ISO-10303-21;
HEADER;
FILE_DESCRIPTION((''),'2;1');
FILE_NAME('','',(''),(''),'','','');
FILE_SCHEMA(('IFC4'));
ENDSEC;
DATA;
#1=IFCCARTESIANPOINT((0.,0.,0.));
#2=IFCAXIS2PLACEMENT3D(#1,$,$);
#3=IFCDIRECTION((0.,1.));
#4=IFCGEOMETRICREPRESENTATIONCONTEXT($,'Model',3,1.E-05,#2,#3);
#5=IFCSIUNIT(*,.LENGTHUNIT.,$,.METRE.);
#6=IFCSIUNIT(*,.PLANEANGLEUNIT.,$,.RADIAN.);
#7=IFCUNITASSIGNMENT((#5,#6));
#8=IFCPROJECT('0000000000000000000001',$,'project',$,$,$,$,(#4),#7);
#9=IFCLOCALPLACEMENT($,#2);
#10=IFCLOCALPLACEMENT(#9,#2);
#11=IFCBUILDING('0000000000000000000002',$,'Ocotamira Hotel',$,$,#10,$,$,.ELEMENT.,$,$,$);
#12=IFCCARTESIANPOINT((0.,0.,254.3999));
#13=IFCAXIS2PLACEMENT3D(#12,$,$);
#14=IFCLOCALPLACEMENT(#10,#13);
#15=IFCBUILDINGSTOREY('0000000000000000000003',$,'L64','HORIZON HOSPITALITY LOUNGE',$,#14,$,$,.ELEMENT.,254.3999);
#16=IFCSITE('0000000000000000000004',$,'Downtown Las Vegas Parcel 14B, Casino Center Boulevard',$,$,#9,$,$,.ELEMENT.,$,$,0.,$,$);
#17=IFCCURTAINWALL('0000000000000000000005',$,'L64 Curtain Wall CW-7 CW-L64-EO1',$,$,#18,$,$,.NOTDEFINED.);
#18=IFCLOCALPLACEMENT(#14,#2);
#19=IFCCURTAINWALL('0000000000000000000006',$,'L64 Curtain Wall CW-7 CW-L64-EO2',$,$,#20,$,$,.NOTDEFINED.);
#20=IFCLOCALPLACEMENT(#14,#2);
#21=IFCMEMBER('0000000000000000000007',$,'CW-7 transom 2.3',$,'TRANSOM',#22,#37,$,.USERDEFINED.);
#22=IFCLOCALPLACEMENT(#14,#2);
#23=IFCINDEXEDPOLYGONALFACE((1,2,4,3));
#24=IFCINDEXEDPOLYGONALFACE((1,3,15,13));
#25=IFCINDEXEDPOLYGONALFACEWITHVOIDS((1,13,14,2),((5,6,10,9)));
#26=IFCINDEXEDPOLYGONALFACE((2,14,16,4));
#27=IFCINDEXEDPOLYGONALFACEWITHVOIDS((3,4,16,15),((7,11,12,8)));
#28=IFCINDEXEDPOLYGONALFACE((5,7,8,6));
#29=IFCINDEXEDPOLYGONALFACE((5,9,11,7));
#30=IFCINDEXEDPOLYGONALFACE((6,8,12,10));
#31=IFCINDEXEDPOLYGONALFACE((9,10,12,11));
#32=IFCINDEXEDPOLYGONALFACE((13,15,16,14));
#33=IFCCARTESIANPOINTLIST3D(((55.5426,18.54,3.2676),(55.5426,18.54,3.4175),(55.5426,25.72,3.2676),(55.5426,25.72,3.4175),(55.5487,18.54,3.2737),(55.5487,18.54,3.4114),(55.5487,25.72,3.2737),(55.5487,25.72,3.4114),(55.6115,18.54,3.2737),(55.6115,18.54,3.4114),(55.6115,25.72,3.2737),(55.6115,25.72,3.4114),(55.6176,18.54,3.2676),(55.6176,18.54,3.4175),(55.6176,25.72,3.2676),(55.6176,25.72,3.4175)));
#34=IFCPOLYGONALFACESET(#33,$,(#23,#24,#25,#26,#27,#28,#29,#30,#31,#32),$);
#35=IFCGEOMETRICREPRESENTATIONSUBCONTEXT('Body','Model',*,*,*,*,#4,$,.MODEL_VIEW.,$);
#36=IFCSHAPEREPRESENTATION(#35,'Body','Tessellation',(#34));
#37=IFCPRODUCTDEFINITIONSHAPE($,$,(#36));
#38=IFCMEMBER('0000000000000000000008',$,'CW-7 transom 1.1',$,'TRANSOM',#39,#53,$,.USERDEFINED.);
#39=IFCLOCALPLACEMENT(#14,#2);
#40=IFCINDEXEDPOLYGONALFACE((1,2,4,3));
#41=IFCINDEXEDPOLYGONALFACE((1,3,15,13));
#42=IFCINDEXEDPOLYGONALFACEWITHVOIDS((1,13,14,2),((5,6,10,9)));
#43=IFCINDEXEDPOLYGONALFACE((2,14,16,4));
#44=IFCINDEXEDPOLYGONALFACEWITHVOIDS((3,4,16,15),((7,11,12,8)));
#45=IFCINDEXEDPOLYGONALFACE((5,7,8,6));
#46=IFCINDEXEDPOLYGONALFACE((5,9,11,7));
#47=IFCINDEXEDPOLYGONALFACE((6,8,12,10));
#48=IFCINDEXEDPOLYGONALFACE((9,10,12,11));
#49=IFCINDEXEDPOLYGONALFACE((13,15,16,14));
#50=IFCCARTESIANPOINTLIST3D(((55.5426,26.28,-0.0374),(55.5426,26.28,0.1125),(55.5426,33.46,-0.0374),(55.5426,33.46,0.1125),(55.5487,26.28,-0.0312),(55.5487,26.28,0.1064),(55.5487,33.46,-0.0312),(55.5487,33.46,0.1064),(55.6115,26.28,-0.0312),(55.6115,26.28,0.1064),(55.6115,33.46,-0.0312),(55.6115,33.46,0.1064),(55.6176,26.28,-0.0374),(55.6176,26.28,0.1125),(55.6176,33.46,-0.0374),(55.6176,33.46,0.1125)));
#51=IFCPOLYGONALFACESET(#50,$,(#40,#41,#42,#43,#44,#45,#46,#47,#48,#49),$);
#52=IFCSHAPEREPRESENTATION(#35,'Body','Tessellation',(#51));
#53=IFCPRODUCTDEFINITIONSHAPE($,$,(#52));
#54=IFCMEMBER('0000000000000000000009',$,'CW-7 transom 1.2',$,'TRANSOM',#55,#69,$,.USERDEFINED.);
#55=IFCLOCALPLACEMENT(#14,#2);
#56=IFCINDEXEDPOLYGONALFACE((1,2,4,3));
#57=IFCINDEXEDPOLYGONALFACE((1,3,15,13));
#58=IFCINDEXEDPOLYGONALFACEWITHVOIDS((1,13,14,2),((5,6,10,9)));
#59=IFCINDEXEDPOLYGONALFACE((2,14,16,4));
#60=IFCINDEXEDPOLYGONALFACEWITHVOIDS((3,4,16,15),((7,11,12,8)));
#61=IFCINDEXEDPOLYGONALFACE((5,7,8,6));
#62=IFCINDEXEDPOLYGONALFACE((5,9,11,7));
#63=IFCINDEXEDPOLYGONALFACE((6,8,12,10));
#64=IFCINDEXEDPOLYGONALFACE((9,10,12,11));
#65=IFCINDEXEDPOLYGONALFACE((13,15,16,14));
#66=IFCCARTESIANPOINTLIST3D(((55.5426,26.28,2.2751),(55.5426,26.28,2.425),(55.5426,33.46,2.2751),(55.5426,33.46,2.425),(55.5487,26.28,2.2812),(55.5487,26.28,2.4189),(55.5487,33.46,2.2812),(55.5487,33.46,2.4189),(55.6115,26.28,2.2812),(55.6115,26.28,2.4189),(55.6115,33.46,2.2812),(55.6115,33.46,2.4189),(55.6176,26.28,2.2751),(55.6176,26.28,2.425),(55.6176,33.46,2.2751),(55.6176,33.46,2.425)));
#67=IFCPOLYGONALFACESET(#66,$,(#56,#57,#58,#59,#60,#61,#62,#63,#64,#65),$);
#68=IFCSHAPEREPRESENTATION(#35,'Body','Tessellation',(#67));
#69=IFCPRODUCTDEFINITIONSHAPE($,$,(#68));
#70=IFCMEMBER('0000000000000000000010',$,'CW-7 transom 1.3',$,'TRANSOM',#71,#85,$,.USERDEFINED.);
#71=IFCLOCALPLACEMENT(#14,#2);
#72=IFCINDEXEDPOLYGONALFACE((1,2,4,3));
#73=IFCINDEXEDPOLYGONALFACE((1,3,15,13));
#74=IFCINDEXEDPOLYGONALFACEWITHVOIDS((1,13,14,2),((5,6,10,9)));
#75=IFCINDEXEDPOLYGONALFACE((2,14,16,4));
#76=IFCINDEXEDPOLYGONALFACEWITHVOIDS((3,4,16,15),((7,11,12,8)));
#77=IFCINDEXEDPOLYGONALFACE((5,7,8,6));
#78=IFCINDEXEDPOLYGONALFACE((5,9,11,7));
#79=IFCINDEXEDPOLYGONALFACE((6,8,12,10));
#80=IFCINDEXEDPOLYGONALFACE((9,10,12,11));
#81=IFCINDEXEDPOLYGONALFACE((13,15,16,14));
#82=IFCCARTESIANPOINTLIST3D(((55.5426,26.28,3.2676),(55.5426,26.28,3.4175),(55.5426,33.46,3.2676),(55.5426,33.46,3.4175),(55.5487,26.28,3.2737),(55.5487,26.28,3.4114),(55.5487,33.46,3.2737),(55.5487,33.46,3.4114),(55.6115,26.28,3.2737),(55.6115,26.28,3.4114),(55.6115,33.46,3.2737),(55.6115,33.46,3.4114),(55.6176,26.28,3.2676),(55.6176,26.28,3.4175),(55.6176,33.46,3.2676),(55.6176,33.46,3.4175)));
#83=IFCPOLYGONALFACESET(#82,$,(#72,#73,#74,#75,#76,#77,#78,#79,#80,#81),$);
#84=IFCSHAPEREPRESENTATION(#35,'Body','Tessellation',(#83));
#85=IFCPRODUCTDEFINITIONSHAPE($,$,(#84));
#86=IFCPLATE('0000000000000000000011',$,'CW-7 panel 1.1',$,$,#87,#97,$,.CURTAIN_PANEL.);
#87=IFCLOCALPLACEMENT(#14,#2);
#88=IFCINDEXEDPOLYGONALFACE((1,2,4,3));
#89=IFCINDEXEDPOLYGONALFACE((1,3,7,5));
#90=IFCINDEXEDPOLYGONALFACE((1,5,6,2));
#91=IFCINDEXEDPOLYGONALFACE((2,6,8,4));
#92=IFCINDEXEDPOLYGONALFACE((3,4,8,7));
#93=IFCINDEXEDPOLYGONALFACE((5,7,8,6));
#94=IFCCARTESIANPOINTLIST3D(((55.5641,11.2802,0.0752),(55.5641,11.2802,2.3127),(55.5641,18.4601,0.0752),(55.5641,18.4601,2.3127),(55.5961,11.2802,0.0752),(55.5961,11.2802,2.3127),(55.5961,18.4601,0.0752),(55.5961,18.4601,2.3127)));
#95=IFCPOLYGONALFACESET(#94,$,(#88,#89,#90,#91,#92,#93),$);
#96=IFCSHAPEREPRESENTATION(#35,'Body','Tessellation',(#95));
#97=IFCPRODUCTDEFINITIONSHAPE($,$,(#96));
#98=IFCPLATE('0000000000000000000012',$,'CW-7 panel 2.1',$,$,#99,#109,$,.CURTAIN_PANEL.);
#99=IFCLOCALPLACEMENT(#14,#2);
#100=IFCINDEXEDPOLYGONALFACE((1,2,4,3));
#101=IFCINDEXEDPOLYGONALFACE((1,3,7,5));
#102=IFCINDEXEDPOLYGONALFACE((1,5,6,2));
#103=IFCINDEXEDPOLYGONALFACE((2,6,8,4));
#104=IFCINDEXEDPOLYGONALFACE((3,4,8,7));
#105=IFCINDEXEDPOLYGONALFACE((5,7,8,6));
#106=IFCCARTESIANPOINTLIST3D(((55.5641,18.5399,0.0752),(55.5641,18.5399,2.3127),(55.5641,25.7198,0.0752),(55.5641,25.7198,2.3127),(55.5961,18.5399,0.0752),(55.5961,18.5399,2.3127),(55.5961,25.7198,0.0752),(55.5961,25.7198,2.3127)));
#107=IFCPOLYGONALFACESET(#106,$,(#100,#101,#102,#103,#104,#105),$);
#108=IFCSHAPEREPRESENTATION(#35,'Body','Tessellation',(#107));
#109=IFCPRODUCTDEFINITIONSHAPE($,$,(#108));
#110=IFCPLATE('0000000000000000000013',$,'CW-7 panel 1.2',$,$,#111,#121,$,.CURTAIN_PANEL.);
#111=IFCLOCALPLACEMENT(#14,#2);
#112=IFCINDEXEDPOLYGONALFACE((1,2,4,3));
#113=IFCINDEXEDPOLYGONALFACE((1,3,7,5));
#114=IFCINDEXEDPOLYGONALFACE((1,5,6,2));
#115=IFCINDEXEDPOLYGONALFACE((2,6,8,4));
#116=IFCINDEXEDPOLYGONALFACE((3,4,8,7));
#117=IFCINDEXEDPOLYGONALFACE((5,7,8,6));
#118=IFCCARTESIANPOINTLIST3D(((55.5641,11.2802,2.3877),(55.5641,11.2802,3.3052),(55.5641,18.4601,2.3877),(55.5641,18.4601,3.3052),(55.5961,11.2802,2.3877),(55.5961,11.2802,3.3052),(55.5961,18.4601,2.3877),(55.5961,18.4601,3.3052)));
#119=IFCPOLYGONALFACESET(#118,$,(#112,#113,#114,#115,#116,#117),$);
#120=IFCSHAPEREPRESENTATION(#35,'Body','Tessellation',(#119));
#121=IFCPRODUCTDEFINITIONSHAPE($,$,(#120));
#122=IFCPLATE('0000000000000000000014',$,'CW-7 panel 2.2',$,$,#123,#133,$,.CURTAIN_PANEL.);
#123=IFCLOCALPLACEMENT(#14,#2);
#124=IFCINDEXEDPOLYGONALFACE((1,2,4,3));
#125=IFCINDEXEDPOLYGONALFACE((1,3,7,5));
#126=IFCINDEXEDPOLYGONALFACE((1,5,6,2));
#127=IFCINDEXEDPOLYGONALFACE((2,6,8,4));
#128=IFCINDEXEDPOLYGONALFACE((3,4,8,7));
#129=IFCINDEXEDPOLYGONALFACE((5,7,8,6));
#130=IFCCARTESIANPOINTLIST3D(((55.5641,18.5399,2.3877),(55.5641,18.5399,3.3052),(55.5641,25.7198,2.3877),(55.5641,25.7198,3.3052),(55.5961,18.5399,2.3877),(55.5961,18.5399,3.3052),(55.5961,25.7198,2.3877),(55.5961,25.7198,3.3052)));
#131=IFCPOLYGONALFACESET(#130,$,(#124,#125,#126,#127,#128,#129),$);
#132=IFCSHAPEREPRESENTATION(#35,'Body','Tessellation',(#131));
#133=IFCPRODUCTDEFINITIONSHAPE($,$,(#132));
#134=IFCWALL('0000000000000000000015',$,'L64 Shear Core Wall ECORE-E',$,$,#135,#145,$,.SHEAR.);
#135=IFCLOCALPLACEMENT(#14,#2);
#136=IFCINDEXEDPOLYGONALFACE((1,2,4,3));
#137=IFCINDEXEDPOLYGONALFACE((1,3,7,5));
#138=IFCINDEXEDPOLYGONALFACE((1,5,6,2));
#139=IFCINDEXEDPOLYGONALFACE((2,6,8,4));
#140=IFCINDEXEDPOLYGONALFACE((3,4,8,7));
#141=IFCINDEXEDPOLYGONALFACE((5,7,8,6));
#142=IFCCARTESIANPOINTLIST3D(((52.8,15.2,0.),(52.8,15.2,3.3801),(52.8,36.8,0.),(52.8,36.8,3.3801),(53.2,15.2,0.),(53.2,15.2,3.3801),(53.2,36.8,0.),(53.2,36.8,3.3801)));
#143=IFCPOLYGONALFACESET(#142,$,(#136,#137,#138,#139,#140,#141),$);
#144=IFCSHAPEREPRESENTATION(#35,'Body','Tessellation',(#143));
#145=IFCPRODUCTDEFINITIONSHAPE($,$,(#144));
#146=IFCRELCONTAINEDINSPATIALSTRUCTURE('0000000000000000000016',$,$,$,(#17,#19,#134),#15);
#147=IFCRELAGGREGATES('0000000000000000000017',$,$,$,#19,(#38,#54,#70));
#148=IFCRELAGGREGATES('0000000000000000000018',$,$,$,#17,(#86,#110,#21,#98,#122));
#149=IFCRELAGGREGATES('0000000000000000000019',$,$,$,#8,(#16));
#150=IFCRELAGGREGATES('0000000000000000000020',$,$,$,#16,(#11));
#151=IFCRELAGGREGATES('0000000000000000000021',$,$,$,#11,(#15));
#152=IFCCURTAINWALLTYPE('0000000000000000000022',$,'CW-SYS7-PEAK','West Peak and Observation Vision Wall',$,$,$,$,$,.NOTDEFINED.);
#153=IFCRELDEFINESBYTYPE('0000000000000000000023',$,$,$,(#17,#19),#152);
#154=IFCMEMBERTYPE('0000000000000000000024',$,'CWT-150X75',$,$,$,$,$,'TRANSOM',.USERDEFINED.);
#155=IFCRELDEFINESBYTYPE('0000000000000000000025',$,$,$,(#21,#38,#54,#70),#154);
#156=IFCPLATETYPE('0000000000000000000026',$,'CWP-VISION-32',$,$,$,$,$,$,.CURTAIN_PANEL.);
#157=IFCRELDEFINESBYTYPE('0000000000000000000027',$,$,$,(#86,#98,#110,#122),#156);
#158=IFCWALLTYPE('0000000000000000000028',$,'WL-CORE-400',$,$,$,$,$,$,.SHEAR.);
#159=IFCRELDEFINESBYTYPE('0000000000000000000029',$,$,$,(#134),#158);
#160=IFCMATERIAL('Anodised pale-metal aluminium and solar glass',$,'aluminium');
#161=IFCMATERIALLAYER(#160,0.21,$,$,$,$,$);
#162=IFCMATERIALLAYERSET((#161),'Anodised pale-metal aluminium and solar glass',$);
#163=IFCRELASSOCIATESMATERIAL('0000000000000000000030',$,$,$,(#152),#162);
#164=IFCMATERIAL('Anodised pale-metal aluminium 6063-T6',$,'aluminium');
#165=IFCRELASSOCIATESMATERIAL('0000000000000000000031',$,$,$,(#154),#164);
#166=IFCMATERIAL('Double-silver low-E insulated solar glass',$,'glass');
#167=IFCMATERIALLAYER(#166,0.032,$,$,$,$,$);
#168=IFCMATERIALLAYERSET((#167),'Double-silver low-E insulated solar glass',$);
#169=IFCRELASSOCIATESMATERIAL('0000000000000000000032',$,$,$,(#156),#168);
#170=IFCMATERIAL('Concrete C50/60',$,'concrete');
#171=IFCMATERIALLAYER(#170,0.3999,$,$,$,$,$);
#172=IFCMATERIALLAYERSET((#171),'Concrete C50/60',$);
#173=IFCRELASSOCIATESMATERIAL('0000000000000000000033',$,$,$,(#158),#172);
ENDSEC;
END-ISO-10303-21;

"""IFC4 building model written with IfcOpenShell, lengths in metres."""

from ifc_helpers import new_model, si_unit, direction, frame, frame_2d, origin, origin_2d, place, context, subcontext, project, spatial, rectangle, hollow_rectangle, extrude, source, transform, mapped, material, layer, layer_set, material_profile, profile_set, type_object, element, aggregate, save


model = new_model("IFC4")

# Units and contexts
model_context = context("Model", 3, precision=1e-05, world=origin(), true_north=direction((0.0, 1.0)))
body_context = subcontext(model_context, "Body", "Model", "MODEL_VIEW")
ifc_project = project(units=[si_unit("LENGTHUNIT", "METRE"), si_unit("PLANEANGLEUNIT", "RADIAN")], contexts=[model_context])

# Site, building, storey
site_placement = place(None, origin())
site = spatial("IfcSite", under=ifc_project, at=site_placement, Name="Downtown Las Vegas Parcel 14B, Casino Center Boulevard", CompositionType="ELEMENT", RefElevation=0.0)
building_placement = place(site_placement, origin())
building = spatial("IfcBuilding", under=site, at=building_placement, Name="Ocotamira Hotel", CompositionType="ELEMENT")
storey_placement = place(building_placement, frame((0.0, 0.0, 254.3999)))
storey = spatial("IfcBuildingStorey", under=building, at=storey_placement, Name="L64", Description="HORIZON HOSPITALITY LOUNGE", CompositionType="ELEMENT", Elevation=254.3999)

# Curtain wall
ifc_material_1 = material(Name="Anodised pale-metal aluminium and solar glass", Category="aluminium")
ifc_layer_1 = layer(ifc_material_1, 0.21)
ifc_layer_set_1 = layer_set([ifc_layer_1], Name="Anodised pale-metal aluminium and solar glass")
curtain_wall_type = type_object("IfcCurtainWallType", Name="CW-SYS7-PEAK", Description="West Peak and Observation Vision Wall", PredefinedType="NOTDEFINED", material=ifc_layer_set_1)
curtain_wall_1_placement = place(storey_placement, origin())
curtain_wall_1 = element("IfcCurtainWall", 1, at=curtain_wall_1_placement, inside=storey, type_object=curtain_wall_type, Name="L64 Curtain Wall CW-7 CW-L64-EO1", PredefinedType="NOTDEFINED")
ifc_material_2 = material(Name="Anodised pale-metal aluminium 6063-T6", Category="aluminium")

# Curtain wall
curtain_wall_2_placement = place(storey_placement, origin())
curtain_wall_2 = element("IfcCurtainWall", 2, at=curtain_wall_2_placement, inside=storey, type_object=curtain_wall_type, Name="L64 Curtain Wall CW-7 CW-L64-EO2", PredefinedType="NOTDEFINED")

# Members
ifc_material_profile_1 = material_profile(ifc_material_2, hollow_rectangle(XDim=0.075, YDim=0.1499, WallThickness=0.0061, at=origin_2d()), Name="HSS150X75X6")
ifc_profile_set_1 = profile_set([ifc_material_profile_1], Name="Anodised pale-metal aluminium 6063-T6")
member_type_1 = type_object("IfcMemberType", Name="CWT-150X75", ElementType="TRANSOM", PredefinedType="USERDEFINED", material=ifc_profile_set_1)
shared_shape_1 = source(origin(), body_context, "Body", "SweptSolid", [
    extrude(hollow_rectangle(XDim=0.075, YDim=0.1499, WallThickness=0.0061, at=origin_2d()), origin(), (0.0, 0.0, 1.0), 7.1799),
])
member_1_placement = place(storey_placement, frame((55.5801, 18.54, 3.3425), z_axis=(0.0, 1.0, 0.0), x_axis=(-1.0, 0.0, 0.0)))
member_1 = element("IfcMember", 3, at=member_1_placement, type_object=member_type_1, Name="CW-7 transom 2.3", ObjectType="TRANSOM", PredefinedType="USERDEFINED", context=body_context, shape_type="MappedRepresentation", body=[
    mapped(shared_shape_1, transform((0.0, 0.0, 0.0), scale=1.0)),
])
member_2_placement = place(storey_placement, frame((55.5801, 26.28, 0.0376), z_axis=(0.0, 1.0, 0.0), x_axis=(-1.0, 0.0, 0.0)))
member_2 = element("IfcMember", 4, at=member_2_placement, type_object=member_type_1, Name="CW-7 transom 1.1", ObjectType="TRANSOM", PredefinedType="USERDEFINED", context=body_context, shape_type="MappedRepresentation", body=[
    mapped(shared_shape_1, transform((0.0, 0.0, 0.0), scale=1.0)),
])
member_3_placement = place(storey_placement, frame((55.5801, 26.28, 2.3501), z_axis=(0.0, 1.0, 0.0), x_axis=(-1.0, 0.0, 0.0)))
member_3 = element("IfcMember", 5, at=member_3_placement, type_object=member_type_1, Name="CW-7 transom 1.2", ObjectType="TRANSOM", PredefinedType="USERDEFINED", context=body_context, shape_type="MappedRepresentation", body=[
    mapped(shared_shape_1, transform((0.0, 0.0, 0.0), scale=1.0)),
])
member_4_placement = place(storey_placement, frame((55.5801, 26.28, 3.3425), z_axis=(0.0, 1.0, 0.0), x_axis=(-1.0, 0.0, 0.0)))
member_4 = element("IfcMember", 6, at=member_4_placement, type_object=member_type_1, Name="CW-7 transom 1.3", ObjectType="TRANSOM", PredefinedType="USERDEFINED", context=body_context, shape_type="MappedRepresentation", body=[
    mapped(shared_shape_1, transform((0.0, 0.0, 0.0), scale=1.0)),
])
aggregate(curtain_wall_2, [member_2, member_3, member_4])

# Plates
ifc_material_3 = material(Name="Double-silver low-E insulated solar glass", Category="glass")
ifc_layer_2 = layer(ifc_material_3, 0.032)
ifc_layer_set_2 = layer_set([ifc_layer_2], Name="Double-silver low-E insulated solar glass")
plate_type = type_object("IfcPlateType", Name="CWP-VISION-32", PredefinedType="CURTAIN_PANEL", material=ifc_layer_set_2)
shared_shape_2 = source(origin(), body_context, "Body", "SweptSolid", [
    extrude(rectangle(XDim=7.1799, YDim=0.032, at=origin_2d()), origin(), (0.0, 0.0, 1.0), 2.2375),
])
plate_1_placement = place(storey_placement, frame((55.5801, 14.8701, 0.0752), z_axis=(0.0, 0.0, 1.0), x_axis=(0.0, 1.0, 0.0)))
plate_1 = element("IfcPlate", 7, at=plate_1_placement, type_object=plate_type, Name="CW-7 panel 1.1", PredefinedType="CURTAIN_PANEL", context=body_context, shape_type="MappedRepresentation", body=[
    mapped(shared_shape_2, transform((0.0, 0.0, 0.0), scale=1.0)),
])
plate_2_placement = place(storey_placement, frame((55.5801, 22.1299, 0.0752), z_axis=(0.0, 0.0, 1.0), x_axis=(0.0, 1.0, 0.0)))
plate_2 = element("IfcPlate", 8, at=plate_2_placement, type_object=plate_type, Name="CW-7 panel 2.1", PredefinedType="CURTAIN_PANEL", context=body_context, shape_type="MappedRepresentation", body=[
    mapped(shared_shape_2, transform((0.0, 0.0, 0.0), scale=1.0)),
])
shared_shape_3 = source(origin(), body_context, "Body", "SweptSolid", [
    extrude(rectangle(XDim=7.1799, YDim=0.032, at=origin_2d()), origin(), (0.0, 0.0, 1.0), 0.9175),
])
plate_3_placement = place(storey_placement, frame((55.5801, 14.8701, 2.3877), z_axis=(0.0, 0.0, 1.0), x_axis=(0.0, 1.0, 0.0)))
plate_3 = element("IfcPlate", 9, at=plate_3_placement, type_object=plate_type, Name="CW-7 panel 1.2", PredefinedType="CURTAIN_PANEL", context=body_context, shape_type="MappedRepresentation", body=[
    mapped(shared_shape_3, transform((0.0, 0.0, 0.0), scale=1.0)),
])
plate_4_placement = place(storey_placement, frame((55.5801, 22.1299, 2.3877), z_axis=(0.0, 0.0, 1.0), x_axis=(0.0, 1.0, 0.0)))
plate_4 = element("IfcPlate", 10, at=plate_4_placement, type_object=plate_type, Name="CW-7 panel 2.2", PredefinedType="CURTAIN_PANEL", context=body_context, shape_type="MappedRepresentation", body=[
    mapped(shared_shape_3, transform((0.0, 0.0, 0.0), scale=1.0)),
])
aggregate(curtain_wall_1, [plate_1, plate_3, member_1, plate_2, plate_4])

# Wall
ifc_material_4 = material(Name="Concrete C50/60", Category="concrete")
ifc_layer_3 = layer(ifc_material_4, 0.3999)
ifc_layer_set_3 = layer_set([ifc_layer_3], Name="Concrete C50/60")
wall_type_1 = type_object("IfcWallType", Name="WL-CORE-400", PredefinedType="SHEAR", material=ifc_layer_set_3)
wall_1_placement = place(storey_placement, frame((53.0, 15.2, 0.0), z_axis=(0.0, 0.0, 1.0), x_axis=(0.0, 1.0, 0.0)))
element("IfcWall", 11, at=wall_1_placement, inside=storey, type_object=wall_type_1, Name="L64 Shear Core Wall ECORE-E", PredefinedType="SHEAR", context=body_context, shape_type="SweptSolid", body=[
    extrude(rectangle(XDim=21.6001, YDim=0.3999, at=frame_2d((10.8, 0.0))), origin(), (0.0, 0.0, 1.0), 3.3801),
])

save(model, "model.ifc")
